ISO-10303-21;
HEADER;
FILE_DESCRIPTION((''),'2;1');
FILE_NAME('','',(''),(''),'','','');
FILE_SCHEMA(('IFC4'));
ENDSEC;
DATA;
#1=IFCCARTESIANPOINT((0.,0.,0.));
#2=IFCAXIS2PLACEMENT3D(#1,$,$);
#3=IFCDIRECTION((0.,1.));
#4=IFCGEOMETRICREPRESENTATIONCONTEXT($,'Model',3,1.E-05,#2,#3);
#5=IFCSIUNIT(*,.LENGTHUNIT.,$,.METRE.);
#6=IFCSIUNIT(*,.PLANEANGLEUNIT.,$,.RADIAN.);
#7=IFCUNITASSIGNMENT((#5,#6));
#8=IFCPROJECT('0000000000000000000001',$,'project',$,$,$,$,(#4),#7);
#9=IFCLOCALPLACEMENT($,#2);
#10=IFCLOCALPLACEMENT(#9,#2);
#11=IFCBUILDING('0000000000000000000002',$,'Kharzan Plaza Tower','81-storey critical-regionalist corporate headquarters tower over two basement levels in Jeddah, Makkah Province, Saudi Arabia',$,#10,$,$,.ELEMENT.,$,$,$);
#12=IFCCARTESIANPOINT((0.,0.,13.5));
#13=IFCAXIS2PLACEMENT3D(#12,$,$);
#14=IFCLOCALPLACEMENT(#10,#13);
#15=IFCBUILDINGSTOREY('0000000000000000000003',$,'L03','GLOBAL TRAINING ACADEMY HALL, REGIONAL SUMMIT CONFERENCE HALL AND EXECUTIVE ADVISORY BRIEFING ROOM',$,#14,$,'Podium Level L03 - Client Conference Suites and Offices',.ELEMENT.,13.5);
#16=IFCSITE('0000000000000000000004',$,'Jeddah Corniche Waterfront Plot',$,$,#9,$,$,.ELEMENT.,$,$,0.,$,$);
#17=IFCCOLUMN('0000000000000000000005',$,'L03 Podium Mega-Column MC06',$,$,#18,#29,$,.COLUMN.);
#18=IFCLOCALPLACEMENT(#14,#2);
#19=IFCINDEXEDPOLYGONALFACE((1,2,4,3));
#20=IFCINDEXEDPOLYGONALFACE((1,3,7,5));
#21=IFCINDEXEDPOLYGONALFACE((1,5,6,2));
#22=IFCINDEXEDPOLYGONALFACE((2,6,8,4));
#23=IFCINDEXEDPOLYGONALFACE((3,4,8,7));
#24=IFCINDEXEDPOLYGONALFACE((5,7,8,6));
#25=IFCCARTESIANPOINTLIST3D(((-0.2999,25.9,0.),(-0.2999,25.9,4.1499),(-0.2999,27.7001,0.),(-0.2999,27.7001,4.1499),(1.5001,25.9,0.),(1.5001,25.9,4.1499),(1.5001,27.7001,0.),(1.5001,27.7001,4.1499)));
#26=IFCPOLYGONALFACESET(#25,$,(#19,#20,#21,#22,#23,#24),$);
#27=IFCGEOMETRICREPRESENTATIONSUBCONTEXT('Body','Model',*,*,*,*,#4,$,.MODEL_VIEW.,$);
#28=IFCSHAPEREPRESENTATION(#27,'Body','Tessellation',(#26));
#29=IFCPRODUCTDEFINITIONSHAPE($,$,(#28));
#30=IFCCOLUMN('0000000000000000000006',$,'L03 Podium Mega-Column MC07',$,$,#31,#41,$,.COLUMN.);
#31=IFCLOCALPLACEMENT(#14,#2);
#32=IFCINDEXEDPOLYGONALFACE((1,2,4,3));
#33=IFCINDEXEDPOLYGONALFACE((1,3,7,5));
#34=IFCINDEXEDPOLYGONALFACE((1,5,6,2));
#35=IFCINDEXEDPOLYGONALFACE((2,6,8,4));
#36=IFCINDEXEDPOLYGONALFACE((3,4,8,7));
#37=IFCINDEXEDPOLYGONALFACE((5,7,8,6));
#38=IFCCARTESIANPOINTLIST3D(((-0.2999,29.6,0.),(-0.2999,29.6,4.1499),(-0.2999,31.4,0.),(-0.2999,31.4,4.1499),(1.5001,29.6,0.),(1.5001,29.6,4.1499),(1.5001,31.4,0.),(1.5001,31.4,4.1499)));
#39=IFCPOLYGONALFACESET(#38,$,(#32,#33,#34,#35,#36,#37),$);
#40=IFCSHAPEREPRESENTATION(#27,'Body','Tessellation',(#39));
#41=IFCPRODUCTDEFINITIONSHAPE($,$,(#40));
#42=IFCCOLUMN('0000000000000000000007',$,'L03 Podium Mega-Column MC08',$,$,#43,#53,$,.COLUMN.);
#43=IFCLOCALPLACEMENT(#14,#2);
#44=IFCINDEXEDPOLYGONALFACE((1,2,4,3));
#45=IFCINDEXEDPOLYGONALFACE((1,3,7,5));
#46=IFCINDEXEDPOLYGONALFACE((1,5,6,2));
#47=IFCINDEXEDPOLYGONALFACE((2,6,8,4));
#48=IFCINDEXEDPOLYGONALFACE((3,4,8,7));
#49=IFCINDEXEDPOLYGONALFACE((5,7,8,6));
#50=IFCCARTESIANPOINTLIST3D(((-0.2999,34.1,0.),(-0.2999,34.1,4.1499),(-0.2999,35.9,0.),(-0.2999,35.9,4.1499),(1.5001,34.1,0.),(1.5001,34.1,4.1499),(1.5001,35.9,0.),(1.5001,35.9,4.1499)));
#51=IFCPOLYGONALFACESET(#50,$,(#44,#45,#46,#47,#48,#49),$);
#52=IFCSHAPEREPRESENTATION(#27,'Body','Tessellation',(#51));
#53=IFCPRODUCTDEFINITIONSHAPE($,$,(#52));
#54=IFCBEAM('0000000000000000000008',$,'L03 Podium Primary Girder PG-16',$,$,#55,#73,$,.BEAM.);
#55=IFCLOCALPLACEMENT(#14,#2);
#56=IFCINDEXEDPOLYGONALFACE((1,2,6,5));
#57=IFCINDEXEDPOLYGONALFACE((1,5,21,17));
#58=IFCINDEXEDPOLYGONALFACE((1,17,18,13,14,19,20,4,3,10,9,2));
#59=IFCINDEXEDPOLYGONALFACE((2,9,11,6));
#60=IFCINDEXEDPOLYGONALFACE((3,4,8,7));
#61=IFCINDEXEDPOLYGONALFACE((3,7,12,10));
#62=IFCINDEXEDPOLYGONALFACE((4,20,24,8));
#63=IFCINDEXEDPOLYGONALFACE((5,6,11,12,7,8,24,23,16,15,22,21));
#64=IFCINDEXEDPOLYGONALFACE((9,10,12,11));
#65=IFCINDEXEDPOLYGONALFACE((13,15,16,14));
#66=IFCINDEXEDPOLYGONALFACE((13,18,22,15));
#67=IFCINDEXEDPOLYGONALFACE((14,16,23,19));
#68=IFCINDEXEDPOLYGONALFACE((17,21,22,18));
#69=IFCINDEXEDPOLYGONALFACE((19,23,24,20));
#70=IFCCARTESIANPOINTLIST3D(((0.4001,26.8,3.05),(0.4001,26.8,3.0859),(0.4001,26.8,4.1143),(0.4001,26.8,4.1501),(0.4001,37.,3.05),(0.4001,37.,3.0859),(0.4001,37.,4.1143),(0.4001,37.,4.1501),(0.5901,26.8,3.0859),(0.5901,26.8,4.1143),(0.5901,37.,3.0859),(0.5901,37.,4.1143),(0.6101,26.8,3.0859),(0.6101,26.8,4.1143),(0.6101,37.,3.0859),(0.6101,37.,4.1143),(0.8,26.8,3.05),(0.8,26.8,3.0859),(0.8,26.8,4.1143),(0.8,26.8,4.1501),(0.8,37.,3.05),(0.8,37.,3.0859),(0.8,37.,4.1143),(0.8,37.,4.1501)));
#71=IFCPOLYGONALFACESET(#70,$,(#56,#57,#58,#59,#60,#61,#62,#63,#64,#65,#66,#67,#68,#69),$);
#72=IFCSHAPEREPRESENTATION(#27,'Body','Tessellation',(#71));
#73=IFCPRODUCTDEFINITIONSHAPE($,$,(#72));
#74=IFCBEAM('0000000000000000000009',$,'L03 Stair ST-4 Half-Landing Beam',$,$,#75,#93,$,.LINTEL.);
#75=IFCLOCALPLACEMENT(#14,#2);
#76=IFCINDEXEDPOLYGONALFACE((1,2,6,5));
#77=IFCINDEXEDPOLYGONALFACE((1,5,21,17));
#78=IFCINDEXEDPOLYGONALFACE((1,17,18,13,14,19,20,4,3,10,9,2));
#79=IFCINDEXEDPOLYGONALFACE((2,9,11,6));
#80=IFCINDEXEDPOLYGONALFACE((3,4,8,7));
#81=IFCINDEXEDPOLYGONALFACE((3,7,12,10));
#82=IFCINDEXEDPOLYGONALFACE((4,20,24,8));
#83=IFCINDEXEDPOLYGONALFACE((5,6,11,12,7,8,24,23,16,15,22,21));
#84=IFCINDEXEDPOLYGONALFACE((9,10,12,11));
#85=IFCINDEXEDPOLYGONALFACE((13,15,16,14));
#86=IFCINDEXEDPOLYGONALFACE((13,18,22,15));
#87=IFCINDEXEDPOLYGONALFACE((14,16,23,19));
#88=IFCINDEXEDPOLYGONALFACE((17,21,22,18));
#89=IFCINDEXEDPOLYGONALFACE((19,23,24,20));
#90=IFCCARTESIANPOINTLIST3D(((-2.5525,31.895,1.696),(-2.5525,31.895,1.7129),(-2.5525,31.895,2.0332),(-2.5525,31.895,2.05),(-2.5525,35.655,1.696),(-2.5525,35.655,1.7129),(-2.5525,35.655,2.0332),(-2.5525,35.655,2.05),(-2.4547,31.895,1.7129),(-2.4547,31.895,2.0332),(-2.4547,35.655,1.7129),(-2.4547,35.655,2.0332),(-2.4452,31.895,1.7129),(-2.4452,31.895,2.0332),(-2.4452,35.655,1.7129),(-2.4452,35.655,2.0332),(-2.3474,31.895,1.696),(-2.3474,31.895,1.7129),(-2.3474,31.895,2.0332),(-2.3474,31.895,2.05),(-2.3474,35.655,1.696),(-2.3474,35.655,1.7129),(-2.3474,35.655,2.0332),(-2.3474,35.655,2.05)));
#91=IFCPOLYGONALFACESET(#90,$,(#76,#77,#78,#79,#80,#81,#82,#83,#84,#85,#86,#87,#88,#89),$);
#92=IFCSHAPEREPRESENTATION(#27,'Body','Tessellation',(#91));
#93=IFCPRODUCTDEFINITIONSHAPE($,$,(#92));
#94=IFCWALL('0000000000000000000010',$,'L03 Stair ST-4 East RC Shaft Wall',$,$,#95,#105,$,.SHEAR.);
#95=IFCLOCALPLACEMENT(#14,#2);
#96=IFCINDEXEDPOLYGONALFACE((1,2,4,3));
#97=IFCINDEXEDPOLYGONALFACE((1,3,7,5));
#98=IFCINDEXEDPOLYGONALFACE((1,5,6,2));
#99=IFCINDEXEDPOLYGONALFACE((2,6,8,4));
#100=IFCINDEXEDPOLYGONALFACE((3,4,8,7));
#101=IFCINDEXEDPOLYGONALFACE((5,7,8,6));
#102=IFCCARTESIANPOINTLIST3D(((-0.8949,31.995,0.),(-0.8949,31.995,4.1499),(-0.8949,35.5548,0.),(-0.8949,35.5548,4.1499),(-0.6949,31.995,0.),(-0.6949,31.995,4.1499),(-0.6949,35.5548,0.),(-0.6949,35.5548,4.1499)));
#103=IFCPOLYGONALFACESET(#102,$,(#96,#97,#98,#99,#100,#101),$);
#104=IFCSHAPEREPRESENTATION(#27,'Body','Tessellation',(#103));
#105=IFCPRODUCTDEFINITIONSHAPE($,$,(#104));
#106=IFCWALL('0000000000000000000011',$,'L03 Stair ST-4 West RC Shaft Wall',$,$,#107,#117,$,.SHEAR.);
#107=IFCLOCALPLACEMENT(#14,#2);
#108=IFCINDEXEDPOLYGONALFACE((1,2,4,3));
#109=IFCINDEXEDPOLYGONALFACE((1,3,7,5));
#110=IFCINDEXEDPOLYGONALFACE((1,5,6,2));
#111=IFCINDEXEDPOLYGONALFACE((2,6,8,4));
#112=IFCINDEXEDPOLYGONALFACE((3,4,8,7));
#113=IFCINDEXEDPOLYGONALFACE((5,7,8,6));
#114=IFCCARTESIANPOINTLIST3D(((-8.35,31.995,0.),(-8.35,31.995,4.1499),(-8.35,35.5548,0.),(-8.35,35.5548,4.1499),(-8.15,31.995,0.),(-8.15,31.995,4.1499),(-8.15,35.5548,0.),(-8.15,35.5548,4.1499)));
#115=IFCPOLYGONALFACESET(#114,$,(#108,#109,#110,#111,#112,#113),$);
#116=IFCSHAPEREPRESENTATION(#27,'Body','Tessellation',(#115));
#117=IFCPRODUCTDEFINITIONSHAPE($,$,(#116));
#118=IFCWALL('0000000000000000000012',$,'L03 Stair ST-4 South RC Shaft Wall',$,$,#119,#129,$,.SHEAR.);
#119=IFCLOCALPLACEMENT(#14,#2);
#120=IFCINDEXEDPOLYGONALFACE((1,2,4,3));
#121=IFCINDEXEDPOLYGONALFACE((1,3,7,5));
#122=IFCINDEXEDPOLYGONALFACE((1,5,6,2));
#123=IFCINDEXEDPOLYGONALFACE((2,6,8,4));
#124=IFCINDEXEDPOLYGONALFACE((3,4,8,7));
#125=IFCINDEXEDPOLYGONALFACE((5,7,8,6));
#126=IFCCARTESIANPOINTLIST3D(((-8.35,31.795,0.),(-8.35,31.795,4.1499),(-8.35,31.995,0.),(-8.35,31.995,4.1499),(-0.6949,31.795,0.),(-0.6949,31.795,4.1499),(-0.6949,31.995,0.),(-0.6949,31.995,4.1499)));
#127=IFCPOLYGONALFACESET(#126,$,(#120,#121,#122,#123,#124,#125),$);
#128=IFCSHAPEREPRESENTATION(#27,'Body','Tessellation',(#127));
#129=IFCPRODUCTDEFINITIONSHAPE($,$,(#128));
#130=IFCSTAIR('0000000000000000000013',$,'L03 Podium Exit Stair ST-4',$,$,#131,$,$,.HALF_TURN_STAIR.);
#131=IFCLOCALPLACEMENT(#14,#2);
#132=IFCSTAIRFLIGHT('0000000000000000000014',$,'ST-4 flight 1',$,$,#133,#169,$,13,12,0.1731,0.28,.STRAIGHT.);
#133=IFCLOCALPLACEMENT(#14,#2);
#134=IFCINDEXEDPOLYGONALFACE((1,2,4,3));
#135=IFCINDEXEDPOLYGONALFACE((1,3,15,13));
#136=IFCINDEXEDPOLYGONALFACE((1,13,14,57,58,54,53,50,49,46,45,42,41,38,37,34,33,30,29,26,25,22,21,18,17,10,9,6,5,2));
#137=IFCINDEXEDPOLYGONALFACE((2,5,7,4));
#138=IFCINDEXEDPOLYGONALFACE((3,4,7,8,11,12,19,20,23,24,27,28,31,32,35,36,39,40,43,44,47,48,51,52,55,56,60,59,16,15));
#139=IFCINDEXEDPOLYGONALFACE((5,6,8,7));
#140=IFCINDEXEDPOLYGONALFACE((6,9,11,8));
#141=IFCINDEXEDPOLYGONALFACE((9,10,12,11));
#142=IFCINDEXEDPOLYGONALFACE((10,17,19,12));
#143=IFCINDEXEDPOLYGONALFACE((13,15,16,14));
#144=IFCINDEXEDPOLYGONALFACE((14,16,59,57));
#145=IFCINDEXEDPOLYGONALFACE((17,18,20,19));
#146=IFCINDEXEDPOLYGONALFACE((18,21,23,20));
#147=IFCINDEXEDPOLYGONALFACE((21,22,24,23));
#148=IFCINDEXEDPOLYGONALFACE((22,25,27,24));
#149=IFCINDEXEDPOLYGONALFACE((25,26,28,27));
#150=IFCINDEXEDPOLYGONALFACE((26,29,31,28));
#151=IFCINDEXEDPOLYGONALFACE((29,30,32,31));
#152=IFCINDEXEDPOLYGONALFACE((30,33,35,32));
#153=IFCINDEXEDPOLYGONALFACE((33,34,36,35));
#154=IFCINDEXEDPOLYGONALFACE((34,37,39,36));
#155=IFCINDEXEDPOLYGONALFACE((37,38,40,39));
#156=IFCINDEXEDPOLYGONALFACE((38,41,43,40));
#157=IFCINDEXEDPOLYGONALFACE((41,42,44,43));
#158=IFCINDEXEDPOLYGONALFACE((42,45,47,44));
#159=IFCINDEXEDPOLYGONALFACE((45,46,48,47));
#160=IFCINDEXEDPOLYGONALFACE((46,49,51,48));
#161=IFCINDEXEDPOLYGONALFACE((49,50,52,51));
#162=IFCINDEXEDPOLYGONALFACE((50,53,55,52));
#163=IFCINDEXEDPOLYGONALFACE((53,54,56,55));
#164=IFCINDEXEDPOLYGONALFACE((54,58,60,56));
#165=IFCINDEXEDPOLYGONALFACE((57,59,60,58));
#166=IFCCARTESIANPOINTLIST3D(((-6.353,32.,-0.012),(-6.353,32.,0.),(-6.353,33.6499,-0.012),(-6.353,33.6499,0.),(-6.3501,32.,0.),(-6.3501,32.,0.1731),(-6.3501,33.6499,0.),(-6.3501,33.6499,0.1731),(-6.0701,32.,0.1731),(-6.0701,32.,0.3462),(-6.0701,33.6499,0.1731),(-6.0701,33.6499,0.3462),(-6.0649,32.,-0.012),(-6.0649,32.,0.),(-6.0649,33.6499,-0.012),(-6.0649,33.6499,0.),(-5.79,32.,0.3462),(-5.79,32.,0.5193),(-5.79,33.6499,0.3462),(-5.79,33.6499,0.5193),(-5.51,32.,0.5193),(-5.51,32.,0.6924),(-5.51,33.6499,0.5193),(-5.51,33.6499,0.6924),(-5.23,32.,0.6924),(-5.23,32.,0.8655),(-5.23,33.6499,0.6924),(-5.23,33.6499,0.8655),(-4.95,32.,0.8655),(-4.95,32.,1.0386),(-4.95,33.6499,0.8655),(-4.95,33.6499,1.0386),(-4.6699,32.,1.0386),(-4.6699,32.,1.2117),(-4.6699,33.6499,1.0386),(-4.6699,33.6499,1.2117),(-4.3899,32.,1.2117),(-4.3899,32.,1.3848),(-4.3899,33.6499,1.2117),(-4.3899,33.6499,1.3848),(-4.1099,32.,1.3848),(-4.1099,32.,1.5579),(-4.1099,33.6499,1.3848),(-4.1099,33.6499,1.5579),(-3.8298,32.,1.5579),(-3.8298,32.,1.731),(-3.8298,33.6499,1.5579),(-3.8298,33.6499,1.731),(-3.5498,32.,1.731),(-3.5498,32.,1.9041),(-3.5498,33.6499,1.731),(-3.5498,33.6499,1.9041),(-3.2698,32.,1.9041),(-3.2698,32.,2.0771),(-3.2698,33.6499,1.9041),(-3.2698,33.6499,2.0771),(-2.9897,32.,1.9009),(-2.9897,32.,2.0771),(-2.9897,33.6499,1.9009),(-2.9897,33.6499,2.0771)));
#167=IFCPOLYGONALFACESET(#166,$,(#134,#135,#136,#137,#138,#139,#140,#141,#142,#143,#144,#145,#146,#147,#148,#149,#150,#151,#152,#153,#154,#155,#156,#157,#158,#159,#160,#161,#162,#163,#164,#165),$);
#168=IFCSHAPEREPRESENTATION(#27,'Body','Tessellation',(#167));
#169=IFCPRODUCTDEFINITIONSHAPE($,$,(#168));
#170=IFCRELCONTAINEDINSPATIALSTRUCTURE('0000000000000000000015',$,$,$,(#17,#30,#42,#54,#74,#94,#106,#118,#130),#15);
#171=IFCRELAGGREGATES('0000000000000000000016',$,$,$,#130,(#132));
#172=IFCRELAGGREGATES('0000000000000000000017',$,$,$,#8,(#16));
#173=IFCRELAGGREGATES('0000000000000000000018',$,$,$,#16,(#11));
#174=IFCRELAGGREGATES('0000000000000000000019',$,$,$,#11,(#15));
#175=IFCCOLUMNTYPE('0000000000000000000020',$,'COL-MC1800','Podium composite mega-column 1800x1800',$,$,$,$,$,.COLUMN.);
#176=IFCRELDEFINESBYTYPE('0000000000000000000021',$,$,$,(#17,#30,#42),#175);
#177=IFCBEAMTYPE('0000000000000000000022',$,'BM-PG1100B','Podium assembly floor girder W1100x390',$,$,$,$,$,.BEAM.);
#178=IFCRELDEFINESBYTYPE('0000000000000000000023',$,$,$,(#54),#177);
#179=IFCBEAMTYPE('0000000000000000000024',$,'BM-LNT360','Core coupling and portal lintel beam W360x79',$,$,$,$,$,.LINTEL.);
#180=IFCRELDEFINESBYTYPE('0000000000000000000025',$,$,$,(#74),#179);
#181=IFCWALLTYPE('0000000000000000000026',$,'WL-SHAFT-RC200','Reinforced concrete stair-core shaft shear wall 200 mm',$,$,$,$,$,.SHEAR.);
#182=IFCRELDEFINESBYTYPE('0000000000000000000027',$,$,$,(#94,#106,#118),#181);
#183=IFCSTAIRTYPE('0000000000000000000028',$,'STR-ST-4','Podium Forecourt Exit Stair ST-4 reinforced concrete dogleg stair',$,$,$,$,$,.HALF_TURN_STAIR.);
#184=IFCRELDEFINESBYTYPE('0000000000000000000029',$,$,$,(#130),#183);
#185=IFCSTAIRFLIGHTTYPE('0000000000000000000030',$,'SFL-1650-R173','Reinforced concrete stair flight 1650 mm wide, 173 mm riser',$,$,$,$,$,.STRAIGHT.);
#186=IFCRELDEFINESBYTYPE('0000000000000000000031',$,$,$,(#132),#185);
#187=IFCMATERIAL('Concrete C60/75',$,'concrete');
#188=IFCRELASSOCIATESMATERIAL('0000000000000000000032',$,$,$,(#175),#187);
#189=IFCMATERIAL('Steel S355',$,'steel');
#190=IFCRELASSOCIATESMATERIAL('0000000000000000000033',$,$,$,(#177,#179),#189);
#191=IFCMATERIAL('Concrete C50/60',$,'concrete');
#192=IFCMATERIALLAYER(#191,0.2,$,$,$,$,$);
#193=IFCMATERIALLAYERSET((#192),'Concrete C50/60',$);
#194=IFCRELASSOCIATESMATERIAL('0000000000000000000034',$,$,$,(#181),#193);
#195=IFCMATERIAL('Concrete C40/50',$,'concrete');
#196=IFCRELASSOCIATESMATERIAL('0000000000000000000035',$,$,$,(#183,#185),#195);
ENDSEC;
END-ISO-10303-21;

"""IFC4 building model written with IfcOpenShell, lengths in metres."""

from ifc_helpers import new_model, si_unit, direction, frame, frame_2d, origin, origin_2d, place, context, subcontext, project, spatial, polyline, rectangle, i_section, outline, extrude, source, transform, mapped, material, layer, layer_set, material_profile, profile_set, type_object, element, aggregate, save


model = new_model("IFC4")

# Units and contexts
model_context = context("Model", 3, precision=1e-05, world=origin(), true_north=direction((0.0, 1.0)))
body_context = subcontext(model_context, "Body", "Model", "MODEL_VIEW")
ifc_project = project(units=[si_unit("LENGTHUNIT", "METRE"), si_unit("PLANEANGLEUNIT", "RADIAN")], contexts=[model_context])

# Site, building, storey
site_placement = place(None, origin())
site = spatial("IfcSite", under=ifc_project, at=site_placement, Name="Jeddah Corniche Waterfront Plot", CompositionType="ELEMENT", RefElevation=0.0)
building_placement = place(site_placement, origin())
building = spatial("IfcBuilding", under=site, at=building_placement, Name="Kharzan Plaza Tower", Description="81-storey critical-regionalist corporate headquarters tower over two basement levels in Jeddah, Makkah Province, Saudi Arabia", CompositionType="ELEMENT")
storey_placement = place(building_placement, frame((0.0, 0.0, 13.5)))
storey = spatial("IfcBuildingStorey", under=building, at=storey_placement, Name="L03", Description="GLOBAL TRAINING ACADEMY HALL, REGIONAL SUMMIT CONFERENCE HALL AND EXECUTIVE ADVISORY BRIEFING ROOM", LongName="Podium Level L03 - Client Conference Suites and Offices", CompositionType="ELEMENT", Elevation=13.5)

# Columns
ifc_material_1 = material(Name="Concrete C60/75", Category="concrete")
ifc_material_profile_1 = material_profile(ifc_material_1, rectangle(XDim=1.8, YDim=1.8, at=origin_2d()), Name="RC-MC1800x1800")
ifc_profile_set_1 = profile_set([ifc_material_profile_1], Name="Concrete C60/75")
column_type = type_object("IfcColumnType", Name="COL-MC1800", Description="Podium composite mega-column 1800x1800", PredefinedType="COLUMN", material=ifc_profile_set_1)
shared_shape_1 = source(origin(), body_context, "Body", "SweptSolid", [
    extrude(rectangle(XDim=1.8, YDim=1.8, at=origin_2d()), origin(), (0.0, 0.0, 1.0), 4.1499),
])
for number, where, z_axis, x_axis, name in (
    (1, (0.6001, 26.8, 0.0), (0.0, 0.0, 1.0), (1.0, 0.0, 0.0), "L03 Podium Mega-Column MC06"),
    (2, (0.6001, 30.5, 0.0), (0.0, 0.0, 1.0), (1.0, 0.0, 0.0), "L03 Podium Mega-Column MC07"),
    (3, (0.6001, 35.0, 0.0), (0.0, 0.0, 1.0), (1.0, 0.0, 0.0), "L03 Podium Mega-Column MC08"),
):
    element("IfcColumn", number, at=place(storey_placement, frame(where, z_axis=z_axis, x_axis=x_axis)), inside=storey, type_object=column_type, Name=name, PredefinedType="COLUMN", context=body_context, shape_type="MappedRepresentation", body=[
        mapped(shared_shape_1, transform((0.0, 0.0, 0.0), x_axis=(1.0, 0.0, 0.0), y_axis=(0.0, 1.0, 0.0), z_axis=(0.0, 0.0, 1.0))),
    ])

# Beams
ifc_material_2 = material(Name="Steel S355", Category="steel")
ifc_material_profile_2 = material_profile(ifc_material_2, i_section(OverallWidth=0.3999, OverallDepth=1.1001, WebThickness=0.02, FlangeThickness=0.0359, at=origin_2d()), Name="W1100x390")
ifc_profile_set_2 = profile_set([ifc_material_profile_2], Name="Steel S355")
beam_type_1 = type_object("IfcBeamType", Name="BM-PG1100B", Description="Podium assembly floor girder W1100x390", PredefinedType="BEAM", material=ifc_profile_set_2)
shared_shape_2 = source(origin(), body_context, "Body", "SweptSolid", [
    extrude(i_section(OverallWidth=0.3999, OverallDepth=1.1001, WebThickness=0.02, FlangeThickness=0.0359, at=origin_2d()), origin(), (0.0, 0.0, 1.0), 10.2),
])
beam_1_placement = place(storey_placement, frame((0.6001, 26.8, 3.6001), z_axis=(0.0, 1.0, 0.0), x_axis=(-1.0, 0.0, 0.0)))
element("IfcBeam", 4, at=beam_1_placement, inside=storey, type_object=beam_type_1, Name="L03 Podium Primary Girder PG-16", PredefinedType="BEAM", context=body_context, shape_type="MappedRepresentation", body=[
    mapped(shared_shape_2, transform((0.0, 0.0, 0.0), x_axis=(1.0, 0.0, 0.0), y_axis=(0.0, 1.0, 0.0), z_axis=(0.0, 0.0, 1.0))),
])
ifc_material_profile_3 = material_profile(ifc_material_2, i_section(OverallWidth=0.2051, OverallDepth=0.354, WebThickness=0.0095, FlangeThickness=0.0168, at=origin_2d()), Name="W360x79")
ifc_profile_set_3 = profile_set([ifc_material_profile_3], Name="Steel S355")
beam_type_2 = type_object("IfcBeamType", Name="BM-LNT360", Description="Core coupling and portal lintel beam W360x79", PredefinedType="LINTEL", material=ifc_profile_set_3)
shared_shape_3 = source(origin(), body_context, "Body", "SweptSolid", [
    extrude(i_section(OverallWidth=0.2051, OverallDepth=0.354, WebThickness=0.0095, FlangeThickness=0.0168, at=origin_2d()), origin(), (0.0, 0.0, 1.0), 3.76),
])
beam_2_placement = place(storey_placement, frame((-2.45, 31.895, 1.873), z_axis=(0.0, 1.0, 0.0), x_axis=(-1.0, 0.0, 0.0)))
element("IfcBeam", 5, at=beam_2_placement, inside=storey, type_object=beam_type_2, Name="L03 Stair ST-4 Half-Landing Beam", PredefinedType="LINTEL", context=body_context, shape_type="MappedRepresentation", body=[
    mapped(shared_shape_3, transform((0.0, 0.0, 0.0), x_axis=(1.0, 0.0, 0.0), y_axis=(0.0, 1.0, 0.0), z_axis=(0.0, 0.0, 1.0))),
])

# Walls
ifc_material_3 = material(Name="Concrete C50/60", Category="concrete")
ifc_layer_1 = layer(ifc_material_3, 0.2)
ifc_layer_set_1 = layer_set([ifc_layer_1], Name="Concrete C50/60")
wall_type = type_object("IfcWallType", Name="WL-SHAFT-RC200", Description="Reinforced concrete stair-core shaft shear wall 200 mm", PredefinedType="SHEAR", material=ifc_layer_set_1)
shared_shape_4 = source(origin(), body_context, "Body", "SweptSolid", [
    extrude(rectangle(XDim=3.5598, YDim=0.2, at=frame_2d((1.7798, 0.0))), origin(), (0.0, 0.0, 1.0), 4.1499),
])
for number, where, z_axis, x_axis, name in (
    (6, (-0.7949, 31.9951, 0.0), (0.0, 0.0, 1.0), (0.0, 1.0, 0.0), "L03 Stair ST-4 East RC Shaft Wall"),
    (7, (-8.25, 31.9951, 0.0), (0.0, 0.0, 1.0), (0.0, 1.0, 0.0), "L03 Stair ST-4 West RC Shaft Wall"),
):
    element("IfcWall", number, at=place(storey_placement, frame(where, z_axis=z_axis, x_axis=x_axis)), inside=storey, type_object=wall_type, Name=name, PredefinedType="SHEAR", context=body_context, shape_type="MappedRepresentation", body=[
        mapped(shared_shape_4, transform((0.0, 0.0, 0.0), x_axis=(1.0, 0.0, 0.0), y_axis=(0.0, 1.0, 0.0), z_axis=(0.0, 0.0, 1.0))),
    ])
shared_shape_5 = source(origin(), body_context, "Body", "SweptSolid", [
    extrude(rectangle(XDim=7.655, YDim=0.2, at=frame_2d((3.8276, 0.0))), origin(), (0.0, 0.0, 1.0), 4.1499),
])
wall_placement = place(storey_placement, frame((-8.3501, 31.895, 0.0), z_axis=(0.0, 0.0, 1.0), x_axis=(1.0, 0.0, 0.0)))
element("IfcWall", 8, at=wall_placement, inside=storey, type_object=wall_type, Name="L03 Stair ST-4 South RC Shaft Wall", PredefinedType="SHEAR", context=body_context, shape_type="MappedRepresentation", body=[
    mapped(shared_shape_5, transform((0.0, 0.0, 0.0), x_axis=(1.0, 0.0, 0.0), y_axis=(0.0, 1.0, 0.0), z_axis=(0.0, 0.0, 1.0))),
])

# Stair, stair flight
ifc_material_4 = material(Name="Concrete C40/50", Category="concrete")
stair_type = type_object("IfcStairType", Name="STR-ST-4", Description="Podium Forecourt Exit Stair ST-4 reinforced concrete dogleg stair", PredefinedType="HALF_TURN_STAIR", material=ifc_material_4)
stair_placement = place(storey_placement, origin())
stair = element("IfcStair", 9, at=stair_placement, inside=storey, type_object=stair_type, Name="L03 Podium Exit Stair ST-4", PredefinedType="HALF_TURN_STAIR")
stair_flight_type = type_object("IfcStairFlightType", Name="SFL-1650-R173", Description="Reinforced concrete stair flight 1650 mm wide, 173 mm riser", PredefinedType="STRAIGHT", material=ifc_material_4)
shared_shape_6 = source(origin(), body_context, "Body", "SweptSolid", [
    extrude(outline(polyline([(-0.0029, -0.012), (-0.0029, 0.0), (0.0, 0.0), (0.0, 0.1731), (0.28, 0.1731), (0.28, 0.3462), (0.5601, 0.3462), (0.5601, 0.5193), (0.8401, 0.5193), (0.8401, 0.6924), (1.1201, 0.6924), (1.1201, 0.8655), (1.4001, 0.8655), (1.4001, 1.0386), (1.6802, 1.0386), (1.6802, 1.2117), (1.9602, 1.2117), (1.9602, 1.3848), (2.2402, 1.3848), (2.2402, 1.5579), (2.5203, 1.5579), (2.5203, 1.731), (2.8003, 1.731), (2.8003, 1.9041), (3.0803, 1.9041), (3.0803, 2.0771), (3.3604, 2.0771), (3.3604, 2.2502), (3.3604, 1.9009), (0.2852, 0.0), (0.2852, -0.012), (-0.0029, -0.012)])), frame((0.0, 0.825, 0.0), z_axis=(0.0, -1.0, 0.0), x_axis=(1.0, 0.0, 0.0)), (0.0, 0.0, 1.0), 1.6499),
])
stair_flight_1_placement = place(storey_placement, frame((-6.3501, 32.825, 0.0), z_axis=(0.0, 0.0, 1.0), x_axis=(1.0, 0.0, 0.0)))
stair_flight_1 = element("IfcStairFlight", 10, at=stair_flight_1_placement, type_object=stair_flight_type, Name="ST-4 flight 1", NumberOfRisers=13, NumberOfTreads=12, PredefinedType="STRAIGHT", RiserHeight=0.1731, TreadLength=0.28, context=body_context, shape_type="MappedRepresentation", body=[
    mapped(shared_shape_6, transform((0.0, 0.0, 0.0), x_axis=(1.0, 0.0, 0.0), y_axis=(0.0, 1.0, 0.0), z_axis=(0.0, 0.0, 1.0))),
])
aggregate(stair, [stair_flight_1])

save(model, "model.ifc")
